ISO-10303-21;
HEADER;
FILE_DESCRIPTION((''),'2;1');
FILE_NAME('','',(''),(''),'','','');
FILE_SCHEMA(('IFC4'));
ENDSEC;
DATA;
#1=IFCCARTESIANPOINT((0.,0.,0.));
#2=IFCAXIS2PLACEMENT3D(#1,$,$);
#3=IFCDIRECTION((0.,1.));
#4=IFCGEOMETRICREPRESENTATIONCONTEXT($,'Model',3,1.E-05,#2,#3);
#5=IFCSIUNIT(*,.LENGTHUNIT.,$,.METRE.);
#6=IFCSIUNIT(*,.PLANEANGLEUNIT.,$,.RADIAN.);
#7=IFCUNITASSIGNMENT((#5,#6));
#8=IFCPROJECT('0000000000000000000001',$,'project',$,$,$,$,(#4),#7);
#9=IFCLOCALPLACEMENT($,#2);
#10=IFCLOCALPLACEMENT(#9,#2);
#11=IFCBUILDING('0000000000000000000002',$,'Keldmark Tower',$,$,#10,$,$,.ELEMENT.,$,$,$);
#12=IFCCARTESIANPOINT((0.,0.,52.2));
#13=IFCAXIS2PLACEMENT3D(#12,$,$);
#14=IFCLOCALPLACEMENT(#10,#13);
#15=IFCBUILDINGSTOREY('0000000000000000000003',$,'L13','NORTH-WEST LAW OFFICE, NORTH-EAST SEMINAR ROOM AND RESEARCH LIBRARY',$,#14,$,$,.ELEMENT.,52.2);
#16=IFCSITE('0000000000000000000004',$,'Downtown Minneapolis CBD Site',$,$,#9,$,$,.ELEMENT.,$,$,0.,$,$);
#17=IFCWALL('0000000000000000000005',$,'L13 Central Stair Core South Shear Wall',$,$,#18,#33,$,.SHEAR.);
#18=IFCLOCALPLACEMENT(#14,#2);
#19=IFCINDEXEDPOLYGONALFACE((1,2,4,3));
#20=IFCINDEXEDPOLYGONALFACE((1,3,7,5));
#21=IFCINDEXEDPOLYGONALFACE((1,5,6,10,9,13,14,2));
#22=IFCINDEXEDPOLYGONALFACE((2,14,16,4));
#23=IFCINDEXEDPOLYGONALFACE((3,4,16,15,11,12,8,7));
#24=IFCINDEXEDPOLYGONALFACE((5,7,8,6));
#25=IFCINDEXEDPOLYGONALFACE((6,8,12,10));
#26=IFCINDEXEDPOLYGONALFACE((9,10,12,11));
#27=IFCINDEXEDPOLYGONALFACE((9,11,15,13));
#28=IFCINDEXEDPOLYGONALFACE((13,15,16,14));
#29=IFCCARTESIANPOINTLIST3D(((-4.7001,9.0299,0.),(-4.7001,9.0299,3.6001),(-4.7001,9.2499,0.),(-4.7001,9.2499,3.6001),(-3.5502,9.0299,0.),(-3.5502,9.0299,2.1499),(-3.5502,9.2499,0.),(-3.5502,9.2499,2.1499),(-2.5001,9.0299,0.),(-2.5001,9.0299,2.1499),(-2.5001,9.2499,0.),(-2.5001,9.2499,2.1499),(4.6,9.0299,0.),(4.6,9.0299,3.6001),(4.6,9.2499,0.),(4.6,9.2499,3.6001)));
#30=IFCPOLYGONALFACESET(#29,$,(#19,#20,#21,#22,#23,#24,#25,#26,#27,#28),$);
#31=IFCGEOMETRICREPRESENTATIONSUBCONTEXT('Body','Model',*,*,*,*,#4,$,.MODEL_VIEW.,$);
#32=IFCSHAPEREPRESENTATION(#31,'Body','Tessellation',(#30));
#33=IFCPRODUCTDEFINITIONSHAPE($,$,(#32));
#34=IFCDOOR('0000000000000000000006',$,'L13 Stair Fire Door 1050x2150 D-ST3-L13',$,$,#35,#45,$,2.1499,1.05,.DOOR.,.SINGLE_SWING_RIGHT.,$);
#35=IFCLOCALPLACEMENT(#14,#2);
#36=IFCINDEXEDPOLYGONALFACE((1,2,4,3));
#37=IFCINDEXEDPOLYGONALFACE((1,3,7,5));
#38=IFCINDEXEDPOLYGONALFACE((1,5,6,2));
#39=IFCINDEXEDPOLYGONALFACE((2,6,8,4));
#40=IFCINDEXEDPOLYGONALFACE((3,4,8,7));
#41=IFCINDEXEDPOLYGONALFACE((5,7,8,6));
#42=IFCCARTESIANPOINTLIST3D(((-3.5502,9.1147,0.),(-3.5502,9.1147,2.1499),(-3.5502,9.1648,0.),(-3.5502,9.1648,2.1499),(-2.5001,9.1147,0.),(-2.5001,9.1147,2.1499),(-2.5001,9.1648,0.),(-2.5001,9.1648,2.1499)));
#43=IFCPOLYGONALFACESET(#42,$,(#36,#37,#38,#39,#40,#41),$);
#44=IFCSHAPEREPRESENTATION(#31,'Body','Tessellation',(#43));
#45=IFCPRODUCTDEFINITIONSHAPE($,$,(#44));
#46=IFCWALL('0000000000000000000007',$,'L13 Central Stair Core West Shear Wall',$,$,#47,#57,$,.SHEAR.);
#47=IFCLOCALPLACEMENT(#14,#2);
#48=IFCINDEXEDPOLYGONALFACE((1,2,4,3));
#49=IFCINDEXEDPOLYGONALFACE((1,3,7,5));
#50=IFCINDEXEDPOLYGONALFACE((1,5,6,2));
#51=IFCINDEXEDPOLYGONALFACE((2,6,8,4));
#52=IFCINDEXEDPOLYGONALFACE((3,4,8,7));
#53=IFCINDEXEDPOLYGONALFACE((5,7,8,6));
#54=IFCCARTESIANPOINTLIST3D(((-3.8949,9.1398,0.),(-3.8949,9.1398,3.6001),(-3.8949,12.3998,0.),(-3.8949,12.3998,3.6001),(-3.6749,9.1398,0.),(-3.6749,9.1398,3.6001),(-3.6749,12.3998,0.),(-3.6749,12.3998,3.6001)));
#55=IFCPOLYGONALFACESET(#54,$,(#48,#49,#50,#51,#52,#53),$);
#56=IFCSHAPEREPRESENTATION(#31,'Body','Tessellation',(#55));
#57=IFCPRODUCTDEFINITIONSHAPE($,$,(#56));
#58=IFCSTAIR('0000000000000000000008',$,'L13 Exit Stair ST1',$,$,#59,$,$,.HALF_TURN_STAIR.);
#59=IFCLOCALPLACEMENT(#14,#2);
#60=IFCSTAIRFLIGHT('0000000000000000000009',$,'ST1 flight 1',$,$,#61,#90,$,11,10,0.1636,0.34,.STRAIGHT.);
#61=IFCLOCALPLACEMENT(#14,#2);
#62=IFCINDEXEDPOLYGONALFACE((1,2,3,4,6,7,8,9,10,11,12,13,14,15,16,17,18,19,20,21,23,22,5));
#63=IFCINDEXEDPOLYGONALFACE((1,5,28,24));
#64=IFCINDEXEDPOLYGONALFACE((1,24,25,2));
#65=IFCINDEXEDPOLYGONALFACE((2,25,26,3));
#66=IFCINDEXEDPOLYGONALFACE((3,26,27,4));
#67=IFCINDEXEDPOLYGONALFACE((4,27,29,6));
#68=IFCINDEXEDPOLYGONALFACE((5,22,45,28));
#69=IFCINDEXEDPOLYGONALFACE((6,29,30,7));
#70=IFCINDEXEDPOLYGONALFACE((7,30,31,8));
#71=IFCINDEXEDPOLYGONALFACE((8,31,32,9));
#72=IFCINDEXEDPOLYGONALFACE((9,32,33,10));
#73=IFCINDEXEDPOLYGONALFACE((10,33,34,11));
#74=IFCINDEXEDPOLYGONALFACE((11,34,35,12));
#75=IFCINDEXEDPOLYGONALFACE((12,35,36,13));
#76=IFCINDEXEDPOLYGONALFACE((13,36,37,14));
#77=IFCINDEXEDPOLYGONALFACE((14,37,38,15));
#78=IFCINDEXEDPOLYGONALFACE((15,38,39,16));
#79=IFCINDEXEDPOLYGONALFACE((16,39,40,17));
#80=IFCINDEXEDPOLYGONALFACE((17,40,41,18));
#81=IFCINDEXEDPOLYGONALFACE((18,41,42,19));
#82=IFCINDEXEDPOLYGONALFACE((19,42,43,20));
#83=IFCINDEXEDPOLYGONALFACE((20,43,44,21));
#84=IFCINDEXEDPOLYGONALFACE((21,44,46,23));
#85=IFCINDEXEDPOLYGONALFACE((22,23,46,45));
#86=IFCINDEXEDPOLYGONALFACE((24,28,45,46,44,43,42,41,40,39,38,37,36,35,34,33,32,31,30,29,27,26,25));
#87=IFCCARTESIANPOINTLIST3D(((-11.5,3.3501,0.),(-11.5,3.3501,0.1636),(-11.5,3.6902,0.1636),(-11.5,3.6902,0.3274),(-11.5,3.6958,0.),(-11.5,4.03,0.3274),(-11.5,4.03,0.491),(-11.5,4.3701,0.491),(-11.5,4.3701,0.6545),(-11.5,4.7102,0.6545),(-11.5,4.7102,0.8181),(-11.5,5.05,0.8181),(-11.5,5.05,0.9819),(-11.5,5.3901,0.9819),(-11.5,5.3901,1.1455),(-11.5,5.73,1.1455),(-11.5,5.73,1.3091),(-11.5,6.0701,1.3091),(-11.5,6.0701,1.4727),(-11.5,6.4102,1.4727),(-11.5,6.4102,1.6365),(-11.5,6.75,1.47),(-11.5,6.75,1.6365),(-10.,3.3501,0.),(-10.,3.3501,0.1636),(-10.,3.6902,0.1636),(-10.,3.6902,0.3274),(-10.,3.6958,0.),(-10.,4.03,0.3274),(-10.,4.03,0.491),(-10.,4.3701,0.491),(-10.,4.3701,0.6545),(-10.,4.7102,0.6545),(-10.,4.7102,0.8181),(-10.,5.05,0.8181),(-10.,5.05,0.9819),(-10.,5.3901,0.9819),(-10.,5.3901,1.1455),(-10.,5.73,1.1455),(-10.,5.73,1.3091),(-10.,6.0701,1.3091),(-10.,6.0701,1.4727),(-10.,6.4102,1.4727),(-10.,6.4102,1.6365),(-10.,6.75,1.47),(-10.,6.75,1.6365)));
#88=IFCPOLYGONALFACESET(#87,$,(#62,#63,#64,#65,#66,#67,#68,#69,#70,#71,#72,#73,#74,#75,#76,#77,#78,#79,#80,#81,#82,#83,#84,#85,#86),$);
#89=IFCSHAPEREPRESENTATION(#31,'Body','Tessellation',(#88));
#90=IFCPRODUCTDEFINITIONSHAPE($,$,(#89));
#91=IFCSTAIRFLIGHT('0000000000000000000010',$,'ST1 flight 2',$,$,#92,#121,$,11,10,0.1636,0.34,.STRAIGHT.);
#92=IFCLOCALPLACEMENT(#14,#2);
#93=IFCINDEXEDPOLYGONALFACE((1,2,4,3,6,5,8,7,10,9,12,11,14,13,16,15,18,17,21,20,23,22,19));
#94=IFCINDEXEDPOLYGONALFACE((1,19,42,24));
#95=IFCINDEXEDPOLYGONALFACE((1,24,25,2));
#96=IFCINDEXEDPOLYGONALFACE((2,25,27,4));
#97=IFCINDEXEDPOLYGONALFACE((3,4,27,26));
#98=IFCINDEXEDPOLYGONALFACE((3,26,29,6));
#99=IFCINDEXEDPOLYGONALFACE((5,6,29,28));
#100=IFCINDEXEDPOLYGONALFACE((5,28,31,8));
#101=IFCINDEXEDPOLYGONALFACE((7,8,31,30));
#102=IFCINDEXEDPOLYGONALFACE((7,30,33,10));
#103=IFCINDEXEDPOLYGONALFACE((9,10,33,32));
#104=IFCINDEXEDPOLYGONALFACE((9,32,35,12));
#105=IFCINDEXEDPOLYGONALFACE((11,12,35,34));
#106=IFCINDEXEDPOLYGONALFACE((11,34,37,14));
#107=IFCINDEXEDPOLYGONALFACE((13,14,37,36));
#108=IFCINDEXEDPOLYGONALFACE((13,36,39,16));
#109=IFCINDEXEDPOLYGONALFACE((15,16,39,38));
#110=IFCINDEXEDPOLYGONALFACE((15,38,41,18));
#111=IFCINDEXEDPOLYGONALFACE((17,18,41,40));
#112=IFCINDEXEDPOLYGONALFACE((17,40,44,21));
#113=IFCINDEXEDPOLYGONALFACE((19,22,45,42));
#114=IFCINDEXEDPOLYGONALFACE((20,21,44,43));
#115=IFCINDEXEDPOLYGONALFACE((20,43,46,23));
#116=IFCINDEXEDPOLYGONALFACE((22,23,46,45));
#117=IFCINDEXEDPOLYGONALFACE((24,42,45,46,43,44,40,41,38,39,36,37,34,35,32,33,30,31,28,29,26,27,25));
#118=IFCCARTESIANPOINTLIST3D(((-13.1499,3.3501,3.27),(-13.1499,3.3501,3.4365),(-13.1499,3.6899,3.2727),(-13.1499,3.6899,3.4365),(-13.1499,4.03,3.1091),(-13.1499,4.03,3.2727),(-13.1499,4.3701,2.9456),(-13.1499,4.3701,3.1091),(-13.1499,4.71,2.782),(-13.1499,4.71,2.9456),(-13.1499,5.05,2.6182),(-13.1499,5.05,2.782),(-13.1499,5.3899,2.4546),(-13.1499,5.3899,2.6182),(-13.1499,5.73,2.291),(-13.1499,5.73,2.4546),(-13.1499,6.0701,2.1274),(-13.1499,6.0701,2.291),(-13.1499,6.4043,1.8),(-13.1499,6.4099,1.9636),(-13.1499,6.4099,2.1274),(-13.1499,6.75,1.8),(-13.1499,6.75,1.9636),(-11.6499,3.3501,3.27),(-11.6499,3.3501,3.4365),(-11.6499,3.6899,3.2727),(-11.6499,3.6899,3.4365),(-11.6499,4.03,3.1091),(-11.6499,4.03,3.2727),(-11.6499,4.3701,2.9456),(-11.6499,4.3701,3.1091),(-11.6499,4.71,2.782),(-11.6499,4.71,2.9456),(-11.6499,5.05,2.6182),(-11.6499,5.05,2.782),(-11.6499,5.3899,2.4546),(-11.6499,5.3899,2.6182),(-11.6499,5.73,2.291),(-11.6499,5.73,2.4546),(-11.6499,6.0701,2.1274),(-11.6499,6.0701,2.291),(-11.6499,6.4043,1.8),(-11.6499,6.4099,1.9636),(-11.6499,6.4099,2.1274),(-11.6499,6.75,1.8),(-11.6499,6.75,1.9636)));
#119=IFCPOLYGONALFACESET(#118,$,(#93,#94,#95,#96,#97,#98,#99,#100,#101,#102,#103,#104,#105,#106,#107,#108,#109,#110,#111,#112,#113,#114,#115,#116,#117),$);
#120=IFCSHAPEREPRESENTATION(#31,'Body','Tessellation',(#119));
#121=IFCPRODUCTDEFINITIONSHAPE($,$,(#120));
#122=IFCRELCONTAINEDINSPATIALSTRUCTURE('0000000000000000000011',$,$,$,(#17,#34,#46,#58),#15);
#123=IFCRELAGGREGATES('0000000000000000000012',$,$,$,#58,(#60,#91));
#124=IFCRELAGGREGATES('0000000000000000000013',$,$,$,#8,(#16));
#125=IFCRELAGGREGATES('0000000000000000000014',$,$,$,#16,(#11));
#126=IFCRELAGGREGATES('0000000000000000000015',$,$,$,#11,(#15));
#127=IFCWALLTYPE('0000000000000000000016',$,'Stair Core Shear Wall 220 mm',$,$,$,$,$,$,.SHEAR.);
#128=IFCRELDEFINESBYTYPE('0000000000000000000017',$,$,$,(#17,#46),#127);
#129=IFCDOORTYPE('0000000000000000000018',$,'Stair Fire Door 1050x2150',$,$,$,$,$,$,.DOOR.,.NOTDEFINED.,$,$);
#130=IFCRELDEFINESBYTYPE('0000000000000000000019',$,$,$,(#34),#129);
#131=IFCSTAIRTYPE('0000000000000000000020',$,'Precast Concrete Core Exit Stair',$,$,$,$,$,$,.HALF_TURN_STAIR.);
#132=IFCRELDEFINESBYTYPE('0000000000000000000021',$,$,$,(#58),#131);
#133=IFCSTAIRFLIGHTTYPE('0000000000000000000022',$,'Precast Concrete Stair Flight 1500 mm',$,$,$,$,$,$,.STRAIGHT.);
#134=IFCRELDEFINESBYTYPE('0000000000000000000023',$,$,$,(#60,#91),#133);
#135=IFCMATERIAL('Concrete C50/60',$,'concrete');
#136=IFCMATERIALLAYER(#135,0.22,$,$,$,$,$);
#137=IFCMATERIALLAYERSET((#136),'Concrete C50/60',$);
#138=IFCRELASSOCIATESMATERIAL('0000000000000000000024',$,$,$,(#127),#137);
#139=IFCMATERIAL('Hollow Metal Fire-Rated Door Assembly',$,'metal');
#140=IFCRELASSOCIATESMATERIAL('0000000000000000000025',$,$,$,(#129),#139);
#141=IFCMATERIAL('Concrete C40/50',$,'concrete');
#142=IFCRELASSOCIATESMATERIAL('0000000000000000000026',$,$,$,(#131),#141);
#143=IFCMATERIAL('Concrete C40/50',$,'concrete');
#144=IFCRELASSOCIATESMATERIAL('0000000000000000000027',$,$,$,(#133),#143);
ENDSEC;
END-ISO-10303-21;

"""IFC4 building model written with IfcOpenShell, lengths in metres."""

from ifc_helpers import new_model, si_unit, direction, frame, frame_2d, origin, place, context, subcontext, project, spatial, polyline, rectangle, outline, extrude, material, layer, layer_set, type_object, element, fill, aggregate, save


model = new_model("IFC4")

# Units and contexts
model_context = context("Model", 3, precision=1e-05, world=origin(), true_north=direction((0.0, 1.0)))
body_context = subcontext(model_context, "Body", "Model", "MODEL_VIEW")
ifc_project = project(units=[si_unit("LENGTHUNIT", "METRE"), si_unit("PLANEANGLEUNIT", "RADIAN")], contexts=[model_context])

# Site, building, storey
site_placement = place(None, origin())
site = spatial("IfcSite", under=ifc_project, at=site_placement, Name="Downtown Minneapolis CBD Site", CompositionType="ELEMENT", RefElevation=0.0)
building_placement = place(site_placement, origin())
building = spatial("IfcBuilding", under=site, at=building_placement, Name="Keldmark Tower", CompositionType="ELEMENT")
storey_placement = place(building_placement, frame((0.0, 0.0, 52.2)))
storey = spatial("IfcBuildingStorey", under=building, at=storey_placement, Name="L13", Description="NORTH-WEST LAW OFFICE, NORTH-EAST SEMINAR ROOM AND RESEARCH LIBRARY", CompositionType="ELEMENT", Elevation=52.2)

# Shared definitions
ifc_material_1 = material(Name="Concrete C50/60", Category="concrete")
ifc_layer_1 = layer(ifc_material_1, 0.22)
ifc_layer_set_1 = layer_set([ifc_layer_1], Name="Concrete C50/60")
wall_type_1 = type_object("IfcWallType", Name="Stair Core Shear Wall 220 mm", PredefinedType="SHEAR", material=ifc_layer_set_1)

# Wall, opening, door
wall_1_placement = place(storey_placement, frame((-4.7, 9.1399, 0.0), z_axis=(0.0, 0.0, 1.0), x_axis=(1.0, 0.0, 0.0)))
wall_1 = element("IfcWall", 1, at=wall_1_placement, inside=storey, type_object=wall_type_1, Name="L13 Central Stair Core South Shear Wall", PredefinedType="SHEAR", context=body_context, shape_type="SweptSolid", body=[
    extrude(rectangle(XDim=9.3, YDim=0.22, at=frame_2d((4.6499, 0.0))), origin(), (0.0, 0.0, 1.0), 3.6001),
])
opening_1_placement = place(wall_1_placement, frame((1.1499, 0.0, 0.0)))
opening_1 = element("IfcOpeningElement", 2, at=opening_1_placement, cuts=wall_1, PredefinedType="OPENING", context=body_context, shape_type="SweptSolid", body=[
    extrude(rectangle(XDim=1.05, YDim=2.1499, at=frame_2d((0.5249, 1.075))), frame((0.0, 0.1199, 0.0), z_axis=(0.0, -1.0, 0.0), x_axis=(1.0, 0.0, 0.0)), (0.0, 0.0, 1.0), 0.24),
])
ifc_material_2 = material(Name="Hollow Metal Fire-Rated Door Assembly", Category="metal")
door_type_1 = type_object("IfcDoorType", Name="Stair Fire Door 1050x2150", OperationType="NOTDEFINED", PredefinedType="DOOR", material=ifc_material_2)
door_1_placement = place(opening_1_placement, origin())
door_1 = element("IfcDoor", 3, at=door_1_placement, inside=storey, type_object=door_type_1, Name="L13 Stair Fire Door 1050x2150 D-ST3-L13", OperationType="SINGLE_SWING_RIGHT", OverallHeight=2.1499, OverallWidth=1.05, PredefinedType="DOOR", context=body_context, shape_type="SweptSolid", body=[
    extrude(rectangle(XDim=1.05, YDim=2.1499, at=frame_2d((0.5249, 1.075))), frame((0.0, 0.0249, 0.0), z_axis=(0.0, -1.0, 0.0), x_axis=(1.0, 0.0, 0.0)), (0.0, 0.0, 1.0), 0.05),
])
fill(opening_1, door_1)

# Wall
wall_2_placement = place(storey_placement, frame((-3.7849, 9.1399, 0.0), z_axis=(0.0, 0.0, 1.0), x_axis=(0.0, 1.0, 0.0)))
element("IfcWall", 4, at=wall_2_placement, inside=storey, type_object=wall_type_1, Name="L13 Central Stair Core West Shear Wall", PredefinedType="SHEAR", context=body_context, shape_type="SweptSolid", body=[
    extrude(rectangle(XDim=3.26, YDim=0.22, at=frame_2d((1.6299, 0.0))), origin(), (0.0, 0.0, 1.0), 3.6001),
])

# Stair, stair flights
ifc_material_3 = material(Name="Concrete C40/50", Category="concrete")
stair_type = type_object("IfcStairType", Name="Precast Concrete Core Exit Stair", PredefinedType="HALF_TURN_STAIR", material=ifc_material_3)
stair_placement = place(storey_placement, origin())
stair = element("IfcStair", 5, at=stair_placement, inside=storey, type_object=stair_type, Name="L13 Exit Stair ST1", PredefinedType="HALF_TURN_STAIR")
ifc_material_4 = material(Name="Concrete C40/50", Category="concrete")
stair_flight_type = type_object("IfcStairFlightType", Name="Precast Concrete Stair Flight 1500 mm", PredefinedType="STRAIGHT", material=ifc_material_4)
stair_flight_1_placement = place(storey_placement, frame((-10.75, 3.3501, 0.0), z_axis=(0.0, 0.0, 1.0), x_axis=(0.0, 1.0, 0.0)))
stair_flight_1 = element("IfcStairFlight", 6, at=stair_flight_1_placement, type_object=stair_flight_type, Name="ST1 flight 1", NumberOfRisers=11, NumberOfTreads=10, PredefinedType="STRAIGHT", RiserHeight=0.1636, TreadLength=0.34, context=body_context, shape_type="SweptSolid", body=[
    extrude(outline(polyline([(0.0, 0.0), (0.0, 0.1636), (0.3401, 0.1636), (0.3401, 0.3274), (0.6799, 0.3274), (0.6799, 0.491), (1.02, 0.491), (1.02, 0.6545), (1.3601, 0.6545), (1.3601, 0.8181), (1.7, 0.8181), (1.7, 0.9819), (2.04, 0.9819), (2.04, 1.1455), (2.3799, 1.1455), (2.3799, 1.3091), (2.72, 1.3091), (2.72, 1.4727), (3.0601, 1.4727), (3.0601, 1.6365), (3.3999, 1.6365), (3.3999, 1.8), (3.3999, 1.47), (0.3457, 0.0), (0.0, 0.0)])), frame((0.0, 0.75, 0.0), z_axis=(0.0, -1.0, 0.0), x_axis=(1.0, 0.0, 0.0)), (0.0, 0.0, 1.0), 1.5),
])
stair_flight_2_placement = place(storey_placement, frame((-12.3999, 6.75, 1.8), z_axis=(0.0, 0.0, 1.0), x_axis=(0.0, -1.0, 0.0)))
stair_flight_2 = element("IfcStairFlight", 7, at=stair_flight_2_placement, type_object=stair_flight_type, Name="ST1 flight 2", NumberOfRisers=11, NumberOfTreads=10, PredefinedType="STRAIGHT", RiserHeight=0.1636, TreadLength=0.34, context=body_context, shape_type="SweptSolid", body=[
    extrude(outline(polyline([(0.0, 0.0), (0.0, 0.1636), (0.3401, 0.1636), (0.3401, 0.3274), (0.6799, 0.3274), (0.6799, 0.491), (1.02, 0.491), (1.02, 0.6545), (1.3601, 0.6545), (1.3601, 0.8181), (1.7, 0.8181), (1.7, 0.9819), (2.04, 0.9819), (2.04, 1.1455), (2.3799, 1.1455), (2.3799, 1.3091), (2.72, 1.3091), (2.72, 1.4727), (3.0601, 1.4727), (3.0601, 1.6365), (3.3999, 1.6365), (3.3999, 1.8), (3.3999, 1.47), (0.3457, 0.0), (0.0, 0.0)])), frame((0.0, 0.75, 0.0), z_axis=(0.0, -1.0, 0.0), x_axis=(1.0, 0.0, 0.0)), (0.0, 0.0, 1.0), 1.5),
])
aggregate(stair, [stair_flight_1, stair_flight_2])

save(model, "model.ifc")
